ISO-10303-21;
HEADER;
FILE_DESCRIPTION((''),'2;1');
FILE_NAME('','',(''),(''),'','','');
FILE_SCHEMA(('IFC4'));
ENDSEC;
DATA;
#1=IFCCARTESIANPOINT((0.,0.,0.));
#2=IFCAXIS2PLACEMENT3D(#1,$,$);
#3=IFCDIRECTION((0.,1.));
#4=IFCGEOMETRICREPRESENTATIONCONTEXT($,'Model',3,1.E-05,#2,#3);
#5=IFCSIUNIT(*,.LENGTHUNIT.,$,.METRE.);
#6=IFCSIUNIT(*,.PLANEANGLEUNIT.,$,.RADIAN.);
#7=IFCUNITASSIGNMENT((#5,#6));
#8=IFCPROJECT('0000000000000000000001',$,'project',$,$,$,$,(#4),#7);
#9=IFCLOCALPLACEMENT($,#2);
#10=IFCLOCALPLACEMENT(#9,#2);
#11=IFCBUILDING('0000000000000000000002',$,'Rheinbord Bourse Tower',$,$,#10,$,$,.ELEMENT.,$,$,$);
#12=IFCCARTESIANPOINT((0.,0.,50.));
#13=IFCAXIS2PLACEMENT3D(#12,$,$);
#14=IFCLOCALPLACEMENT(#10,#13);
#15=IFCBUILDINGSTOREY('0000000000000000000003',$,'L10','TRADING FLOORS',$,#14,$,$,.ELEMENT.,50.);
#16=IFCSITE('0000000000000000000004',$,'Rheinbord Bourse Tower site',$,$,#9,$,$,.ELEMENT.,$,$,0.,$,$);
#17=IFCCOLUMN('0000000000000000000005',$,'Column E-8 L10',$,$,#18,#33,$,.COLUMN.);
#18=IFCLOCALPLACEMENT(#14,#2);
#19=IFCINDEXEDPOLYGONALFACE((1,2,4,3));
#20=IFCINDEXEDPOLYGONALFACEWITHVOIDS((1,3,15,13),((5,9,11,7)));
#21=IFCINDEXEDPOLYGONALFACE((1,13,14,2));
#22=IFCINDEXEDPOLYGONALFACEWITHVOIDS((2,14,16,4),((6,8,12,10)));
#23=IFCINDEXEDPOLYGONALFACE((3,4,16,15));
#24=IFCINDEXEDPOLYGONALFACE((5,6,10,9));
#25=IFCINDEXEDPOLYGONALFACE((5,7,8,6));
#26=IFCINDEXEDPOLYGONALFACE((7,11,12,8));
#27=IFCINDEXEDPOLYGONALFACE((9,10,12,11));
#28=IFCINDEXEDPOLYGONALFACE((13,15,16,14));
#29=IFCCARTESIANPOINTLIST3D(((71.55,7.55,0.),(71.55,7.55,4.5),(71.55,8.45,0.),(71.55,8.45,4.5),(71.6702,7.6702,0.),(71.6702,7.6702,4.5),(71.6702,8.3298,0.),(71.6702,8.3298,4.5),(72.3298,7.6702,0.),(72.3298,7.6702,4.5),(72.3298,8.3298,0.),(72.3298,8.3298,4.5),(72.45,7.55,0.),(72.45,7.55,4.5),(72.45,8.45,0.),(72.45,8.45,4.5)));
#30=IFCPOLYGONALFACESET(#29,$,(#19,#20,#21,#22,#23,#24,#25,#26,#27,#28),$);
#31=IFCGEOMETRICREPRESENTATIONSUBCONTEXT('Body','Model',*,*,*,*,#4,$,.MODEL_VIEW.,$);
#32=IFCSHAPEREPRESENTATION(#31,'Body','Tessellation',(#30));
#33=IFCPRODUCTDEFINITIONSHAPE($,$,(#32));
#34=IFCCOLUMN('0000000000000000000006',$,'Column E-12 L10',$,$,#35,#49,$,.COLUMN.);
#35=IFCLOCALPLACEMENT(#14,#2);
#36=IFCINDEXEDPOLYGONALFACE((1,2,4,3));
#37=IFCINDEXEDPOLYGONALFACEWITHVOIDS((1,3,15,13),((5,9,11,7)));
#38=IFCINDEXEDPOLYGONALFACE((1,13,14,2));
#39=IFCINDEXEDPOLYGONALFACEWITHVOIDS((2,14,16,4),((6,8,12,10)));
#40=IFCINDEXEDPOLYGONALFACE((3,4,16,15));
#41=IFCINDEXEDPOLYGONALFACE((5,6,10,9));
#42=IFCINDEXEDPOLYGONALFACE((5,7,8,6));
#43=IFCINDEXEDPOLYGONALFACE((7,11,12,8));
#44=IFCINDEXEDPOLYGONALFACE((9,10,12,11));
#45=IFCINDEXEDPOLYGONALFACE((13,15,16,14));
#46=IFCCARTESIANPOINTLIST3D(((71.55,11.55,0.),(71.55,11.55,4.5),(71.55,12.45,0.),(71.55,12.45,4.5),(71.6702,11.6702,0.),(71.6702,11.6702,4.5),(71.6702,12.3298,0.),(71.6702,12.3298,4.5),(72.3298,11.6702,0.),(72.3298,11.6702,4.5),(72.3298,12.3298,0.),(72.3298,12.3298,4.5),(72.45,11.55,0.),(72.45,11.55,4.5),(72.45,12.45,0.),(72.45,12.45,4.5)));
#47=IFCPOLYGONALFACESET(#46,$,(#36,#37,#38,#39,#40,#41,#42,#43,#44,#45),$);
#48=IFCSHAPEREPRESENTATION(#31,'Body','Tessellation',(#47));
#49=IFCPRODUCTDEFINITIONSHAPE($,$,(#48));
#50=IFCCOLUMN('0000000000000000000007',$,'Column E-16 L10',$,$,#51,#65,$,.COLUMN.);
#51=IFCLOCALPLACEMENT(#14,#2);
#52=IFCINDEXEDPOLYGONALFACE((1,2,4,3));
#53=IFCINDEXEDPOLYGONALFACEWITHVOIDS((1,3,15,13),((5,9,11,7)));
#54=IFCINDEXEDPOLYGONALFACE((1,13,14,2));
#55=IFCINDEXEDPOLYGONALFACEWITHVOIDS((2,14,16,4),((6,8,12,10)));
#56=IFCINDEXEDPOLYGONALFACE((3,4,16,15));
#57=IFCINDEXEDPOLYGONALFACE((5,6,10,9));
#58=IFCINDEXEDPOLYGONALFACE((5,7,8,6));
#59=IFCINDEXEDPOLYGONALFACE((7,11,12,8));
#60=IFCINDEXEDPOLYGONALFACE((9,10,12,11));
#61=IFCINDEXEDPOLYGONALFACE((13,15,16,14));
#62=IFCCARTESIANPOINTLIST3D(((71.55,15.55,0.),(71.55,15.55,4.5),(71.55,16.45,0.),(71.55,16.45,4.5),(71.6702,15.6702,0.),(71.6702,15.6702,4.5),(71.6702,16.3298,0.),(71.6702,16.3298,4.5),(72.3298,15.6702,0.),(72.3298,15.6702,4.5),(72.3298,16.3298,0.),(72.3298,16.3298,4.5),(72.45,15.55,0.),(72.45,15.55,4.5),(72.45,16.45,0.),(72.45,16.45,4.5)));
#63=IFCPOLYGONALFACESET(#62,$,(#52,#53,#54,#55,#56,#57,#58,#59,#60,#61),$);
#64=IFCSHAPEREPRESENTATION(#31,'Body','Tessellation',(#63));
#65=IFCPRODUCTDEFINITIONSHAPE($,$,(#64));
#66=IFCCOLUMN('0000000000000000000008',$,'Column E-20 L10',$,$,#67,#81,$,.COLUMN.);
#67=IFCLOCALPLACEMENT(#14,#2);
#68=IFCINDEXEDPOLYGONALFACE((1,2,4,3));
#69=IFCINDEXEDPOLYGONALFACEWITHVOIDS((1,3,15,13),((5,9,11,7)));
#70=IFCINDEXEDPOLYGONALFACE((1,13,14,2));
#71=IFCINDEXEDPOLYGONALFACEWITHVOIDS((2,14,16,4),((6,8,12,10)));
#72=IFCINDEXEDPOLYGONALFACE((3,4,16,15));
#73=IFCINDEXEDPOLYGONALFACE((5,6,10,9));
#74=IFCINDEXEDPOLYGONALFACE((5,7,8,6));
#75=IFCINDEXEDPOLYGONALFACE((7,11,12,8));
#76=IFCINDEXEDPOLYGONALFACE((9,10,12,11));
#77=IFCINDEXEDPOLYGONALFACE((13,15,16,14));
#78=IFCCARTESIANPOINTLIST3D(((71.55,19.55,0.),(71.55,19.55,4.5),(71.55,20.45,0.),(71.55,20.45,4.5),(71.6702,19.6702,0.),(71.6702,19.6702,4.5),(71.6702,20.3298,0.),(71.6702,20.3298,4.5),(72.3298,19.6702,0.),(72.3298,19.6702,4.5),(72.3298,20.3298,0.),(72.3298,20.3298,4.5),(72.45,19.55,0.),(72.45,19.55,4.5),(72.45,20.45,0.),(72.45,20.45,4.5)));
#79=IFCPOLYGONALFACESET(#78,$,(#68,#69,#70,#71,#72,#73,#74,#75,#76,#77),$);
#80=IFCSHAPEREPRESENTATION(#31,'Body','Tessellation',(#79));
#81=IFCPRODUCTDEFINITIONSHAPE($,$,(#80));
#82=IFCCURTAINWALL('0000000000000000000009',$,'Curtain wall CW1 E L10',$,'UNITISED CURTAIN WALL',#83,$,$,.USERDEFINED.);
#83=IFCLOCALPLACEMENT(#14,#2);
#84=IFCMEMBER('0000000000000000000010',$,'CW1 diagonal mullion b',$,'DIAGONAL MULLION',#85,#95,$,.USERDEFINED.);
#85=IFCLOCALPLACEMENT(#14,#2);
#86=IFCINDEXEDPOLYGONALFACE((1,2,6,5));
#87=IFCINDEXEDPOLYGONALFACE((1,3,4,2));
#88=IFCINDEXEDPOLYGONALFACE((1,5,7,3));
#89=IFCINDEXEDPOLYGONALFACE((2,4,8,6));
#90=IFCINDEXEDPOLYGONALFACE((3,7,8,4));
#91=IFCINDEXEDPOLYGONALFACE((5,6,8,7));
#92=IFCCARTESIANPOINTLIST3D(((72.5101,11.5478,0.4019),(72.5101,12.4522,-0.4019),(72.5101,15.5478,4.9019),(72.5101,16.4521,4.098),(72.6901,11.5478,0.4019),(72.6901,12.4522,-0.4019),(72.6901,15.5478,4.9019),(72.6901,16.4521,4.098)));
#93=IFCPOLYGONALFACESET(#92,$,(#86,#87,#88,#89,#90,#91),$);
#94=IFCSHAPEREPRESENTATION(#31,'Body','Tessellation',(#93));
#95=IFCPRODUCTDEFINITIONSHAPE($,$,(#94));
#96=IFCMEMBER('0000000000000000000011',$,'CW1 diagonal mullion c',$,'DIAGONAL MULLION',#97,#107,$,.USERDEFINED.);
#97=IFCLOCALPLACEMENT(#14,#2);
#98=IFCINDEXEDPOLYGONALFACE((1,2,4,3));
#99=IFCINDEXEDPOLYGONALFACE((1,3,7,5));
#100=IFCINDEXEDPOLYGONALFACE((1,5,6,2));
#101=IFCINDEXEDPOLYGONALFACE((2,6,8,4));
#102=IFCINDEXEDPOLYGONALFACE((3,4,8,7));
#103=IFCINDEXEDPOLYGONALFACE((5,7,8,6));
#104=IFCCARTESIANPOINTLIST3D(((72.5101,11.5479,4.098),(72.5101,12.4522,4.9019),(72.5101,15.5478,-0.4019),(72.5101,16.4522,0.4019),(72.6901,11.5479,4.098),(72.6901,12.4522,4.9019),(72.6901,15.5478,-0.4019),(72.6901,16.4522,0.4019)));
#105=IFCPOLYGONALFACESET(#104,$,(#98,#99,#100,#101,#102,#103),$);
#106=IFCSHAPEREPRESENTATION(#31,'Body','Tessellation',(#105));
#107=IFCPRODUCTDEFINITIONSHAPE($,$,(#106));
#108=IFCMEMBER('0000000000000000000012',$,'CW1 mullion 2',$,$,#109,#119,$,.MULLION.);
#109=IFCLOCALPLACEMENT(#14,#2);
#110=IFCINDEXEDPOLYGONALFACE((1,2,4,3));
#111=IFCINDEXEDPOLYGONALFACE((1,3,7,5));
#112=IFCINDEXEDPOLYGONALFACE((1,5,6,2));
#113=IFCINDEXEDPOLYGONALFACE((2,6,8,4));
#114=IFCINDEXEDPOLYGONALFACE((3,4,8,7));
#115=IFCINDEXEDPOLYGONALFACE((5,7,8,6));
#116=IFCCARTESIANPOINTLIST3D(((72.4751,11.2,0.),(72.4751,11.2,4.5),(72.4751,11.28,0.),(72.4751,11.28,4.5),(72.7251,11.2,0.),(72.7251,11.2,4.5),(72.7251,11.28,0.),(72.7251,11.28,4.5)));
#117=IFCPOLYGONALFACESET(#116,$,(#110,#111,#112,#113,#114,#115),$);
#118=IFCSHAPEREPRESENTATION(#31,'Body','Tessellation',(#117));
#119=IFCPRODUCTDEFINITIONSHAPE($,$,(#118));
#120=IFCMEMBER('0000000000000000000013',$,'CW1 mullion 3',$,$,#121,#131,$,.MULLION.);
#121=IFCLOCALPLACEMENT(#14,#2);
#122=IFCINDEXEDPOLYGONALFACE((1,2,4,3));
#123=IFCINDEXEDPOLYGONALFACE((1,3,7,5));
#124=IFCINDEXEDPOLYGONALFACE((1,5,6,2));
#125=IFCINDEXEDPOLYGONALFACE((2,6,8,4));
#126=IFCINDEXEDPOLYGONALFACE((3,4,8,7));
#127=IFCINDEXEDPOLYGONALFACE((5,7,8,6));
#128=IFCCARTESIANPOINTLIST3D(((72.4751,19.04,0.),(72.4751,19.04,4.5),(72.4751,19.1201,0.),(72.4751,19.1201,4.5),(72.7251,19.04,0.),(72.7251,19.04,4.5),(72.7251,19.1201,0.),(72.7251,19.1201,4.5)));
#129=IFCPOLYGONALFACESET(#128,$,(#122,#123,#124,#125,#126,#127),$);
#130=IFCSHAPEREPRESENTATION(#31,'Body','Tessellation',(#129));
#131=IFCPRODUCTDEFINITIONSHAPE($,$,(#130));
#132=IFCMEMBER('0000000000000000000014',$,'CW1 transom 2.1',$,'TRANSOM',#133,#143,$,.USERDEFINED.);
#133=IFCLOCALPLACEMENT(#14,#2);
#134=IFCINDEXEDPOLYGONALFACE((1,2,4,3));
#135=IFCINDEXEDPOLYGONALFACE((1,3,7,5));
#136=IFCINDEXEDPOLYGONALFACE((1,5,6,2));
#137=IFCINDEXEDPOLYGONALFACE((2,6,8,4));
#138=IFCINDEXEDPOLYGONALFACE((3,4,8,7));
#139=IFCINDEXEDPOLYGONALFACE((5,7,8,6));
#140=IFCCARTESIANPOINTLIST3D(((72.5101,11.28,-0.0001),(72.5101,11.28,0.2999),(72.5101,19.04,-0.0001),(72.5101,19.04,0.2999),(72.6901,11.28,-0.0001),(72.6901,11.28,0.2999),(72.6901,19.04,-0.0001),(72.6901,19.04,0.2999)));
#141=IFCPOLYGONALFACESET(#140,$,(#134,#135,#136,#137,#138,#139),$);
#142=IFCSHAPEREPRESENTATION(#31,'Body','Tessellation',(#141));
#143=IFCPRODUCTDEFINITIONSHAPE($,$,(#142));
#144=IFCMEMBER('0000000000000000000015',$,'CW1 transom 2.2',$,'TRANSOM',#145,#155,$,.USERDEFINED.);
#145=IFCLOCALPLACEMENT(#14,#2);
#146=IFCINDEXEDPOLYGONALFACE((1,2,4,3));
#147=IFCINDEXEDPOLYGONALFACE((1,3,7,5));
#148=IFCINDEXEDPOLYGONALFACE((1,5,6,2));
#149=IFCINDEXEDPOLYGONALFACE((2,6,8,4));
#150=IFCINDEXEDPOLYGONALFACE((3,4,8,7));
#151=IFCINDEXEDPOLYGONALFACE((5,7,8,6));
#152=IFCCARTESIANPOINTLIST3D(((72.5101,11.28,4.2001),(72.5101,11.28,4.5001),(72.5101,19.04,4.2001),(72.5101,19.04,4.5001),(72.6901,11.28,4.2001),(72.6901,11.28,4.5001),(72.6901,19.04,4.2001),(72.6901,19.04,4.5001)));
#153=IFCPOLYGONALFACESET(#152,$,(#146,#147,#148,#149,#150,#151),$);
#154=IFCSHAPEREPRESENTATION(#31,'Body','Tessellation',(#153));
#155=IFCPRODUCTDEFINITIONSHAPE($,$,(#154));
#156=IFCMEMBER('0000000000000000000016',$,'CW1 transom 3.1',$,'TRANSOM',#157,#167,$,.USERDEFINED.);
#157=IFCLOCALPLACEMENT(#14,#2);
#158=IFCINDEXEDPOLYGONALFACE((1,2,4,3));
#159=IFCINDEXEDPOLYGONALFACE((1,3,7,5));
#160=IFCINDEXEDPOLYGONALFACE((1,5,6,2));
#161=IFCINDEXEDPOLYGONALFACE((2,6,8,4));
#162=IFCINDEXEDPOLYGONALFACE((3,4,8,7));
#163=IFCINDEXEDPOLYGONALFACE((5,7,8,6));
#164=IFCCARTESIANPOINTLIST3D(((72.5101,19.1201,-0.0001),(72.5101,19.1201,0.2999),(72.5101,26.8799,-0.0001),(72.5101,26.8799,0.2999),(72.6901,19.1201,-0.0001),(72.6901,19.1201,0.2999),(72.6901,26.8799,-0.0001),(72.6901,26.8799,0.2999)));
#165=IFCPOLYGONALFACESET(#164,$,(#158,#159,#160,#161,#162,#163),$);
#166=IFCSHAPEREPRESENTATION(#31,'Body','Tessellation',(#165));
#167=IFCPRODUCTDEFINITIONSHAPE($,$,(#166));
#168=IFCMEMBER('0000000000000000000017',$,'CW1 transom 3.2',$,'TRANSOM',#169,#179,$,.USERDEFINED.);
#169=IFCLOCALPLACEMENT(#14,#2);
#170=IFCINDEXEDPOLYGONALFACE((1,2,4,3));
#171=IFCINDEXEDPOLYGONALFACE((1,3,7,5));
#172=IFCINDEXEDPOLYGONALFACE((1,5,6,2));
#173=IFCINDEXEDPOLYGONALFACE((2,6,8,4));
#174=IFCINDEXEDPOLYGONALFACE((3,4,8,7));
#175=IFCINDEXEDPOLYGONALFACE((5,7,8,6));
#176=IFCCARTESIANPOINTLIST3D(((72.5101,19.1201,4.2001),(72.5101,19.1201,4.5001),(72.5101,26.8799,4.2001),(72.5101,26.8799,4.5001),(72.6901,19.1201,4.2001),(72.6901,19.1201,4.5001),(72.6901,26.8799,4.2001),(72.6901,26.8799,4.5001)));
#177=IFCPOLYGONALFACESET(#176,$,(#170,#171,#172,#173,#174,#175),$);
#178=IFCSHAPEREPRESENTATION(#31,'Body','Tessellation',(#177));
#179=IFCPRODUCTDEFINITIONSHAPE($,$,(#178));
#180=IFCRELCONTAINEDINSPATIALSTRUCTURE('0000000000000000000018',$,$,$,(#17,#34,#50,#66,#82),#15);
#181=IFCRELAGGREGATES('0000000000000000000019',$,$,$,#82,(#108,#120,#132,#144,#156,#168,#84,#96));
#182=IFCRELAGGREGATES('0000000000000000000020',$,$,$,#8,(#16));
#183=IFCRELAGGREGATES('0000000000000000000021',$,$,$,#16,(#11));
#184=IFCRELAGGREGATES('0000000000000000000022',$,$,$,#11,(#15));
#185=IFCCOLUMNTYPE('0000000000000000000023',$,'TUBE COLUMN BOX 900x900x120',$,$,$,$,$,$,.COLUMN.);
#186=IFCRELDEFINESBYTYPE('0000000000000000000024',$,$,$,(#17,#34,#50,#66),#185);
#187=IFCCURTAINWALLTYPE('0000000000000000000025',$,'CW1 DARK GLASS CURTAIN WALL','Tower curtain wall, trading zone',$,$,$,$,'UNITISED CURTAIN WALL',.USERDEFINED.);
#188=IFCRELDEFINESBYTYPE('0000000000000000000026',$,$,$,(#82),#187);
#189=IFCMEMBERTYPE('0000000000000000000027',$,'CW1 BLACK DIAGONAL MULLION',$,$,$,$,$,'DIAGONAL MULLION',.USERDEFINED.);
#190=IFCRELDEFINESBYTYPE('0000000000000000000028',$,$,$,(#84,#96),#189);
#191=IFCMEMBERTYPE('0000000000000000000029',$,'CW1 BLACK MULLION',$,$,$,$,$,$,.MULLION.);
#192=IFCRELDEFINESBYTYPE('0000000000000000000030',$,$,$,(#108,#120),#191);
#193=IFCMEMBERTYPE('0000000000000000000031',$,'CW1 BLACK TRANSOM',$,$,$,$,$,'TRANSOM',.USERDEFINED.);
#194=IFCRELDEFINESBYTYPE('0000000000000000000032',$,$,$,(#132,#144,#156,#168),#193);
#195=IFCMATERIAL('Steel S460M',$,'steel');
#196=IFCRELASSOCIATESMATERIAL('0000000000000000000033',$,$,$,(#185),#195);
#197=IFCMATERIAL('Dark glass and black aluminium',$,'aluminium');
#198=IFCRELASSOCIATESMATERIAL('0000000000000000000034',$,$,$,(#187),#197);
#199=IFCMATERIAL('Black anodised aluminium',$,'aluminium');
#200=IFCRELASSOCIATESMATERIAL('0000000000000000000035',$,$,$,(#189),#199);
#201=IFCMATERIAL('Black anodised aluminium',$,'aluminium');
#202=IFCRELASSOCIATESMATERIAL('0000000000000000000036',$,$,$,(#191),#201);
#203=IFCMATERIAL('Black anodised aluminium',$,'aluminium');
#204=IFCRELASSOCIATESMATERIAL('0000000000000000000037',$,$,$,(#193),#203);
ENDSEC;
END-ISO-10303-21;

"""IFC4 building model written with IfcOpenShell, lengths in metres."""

from ifc_helpers import new_model, si_unit, direction, frame, origin, origin_2d, place, context, subcontext, project, spatial, rectangle, hollow_rectangle, extrude, material, material_profile, profile_set, type_object, element, aggregate, save


model = new_model("IFC4")

# Units and contexts
model_context = context("Model", 3, precision=1e-05, world=origin(), true_north=direction((0.0, 1.0)))
body_context = subcontext(model_context, "Body", "Model", "MODEL_VIEW")
ifc_project = project(units=[si_unit("LENGTHUNIT", "METRE"), si_unit("PLANEANGLEUNIT", "RADIAN")], contexts=[model_context])

# Site, building, storey
site_placement = place(None, origin())
site = spatial("IfcSite", under=ifc_project, at=site_placement, Name="Rheinbord Bourse Tower site", CompositionType="ELEMENT", RefElevation=0.0)
building_placement = place(site_placement, origin())
building = spatial("IfcBuilding", under=site, at=building_placement, Name="Rheinbord Bourse Tower", CompositionType="ELEMENT")
storey_placement = place(building_placement, frame((0.0, 0.0, 50.0)))
storey = spatial("IfcBuildingStorey", under=building, at=storey_placement, Name="L10", Description="TRADING FLOORS", CompositionType="ELEMENT", Elevation=50.0)

# Columns
ifc_material_1 = material(Name="Steel S460M", Category="steel")
ifc_material_profile_1 = material_profile(ifc_material_1, hollow_rectangle(XDim=0.8999, YDim=0.8999, WallThickness=0.1201, at=origin_2d()), Name="BOX 900x900x120")
ifc_profile_set_1 = profile_set([ifc_material_profile_1], Name="Steel S460M")
column_type = type_object("IfcColumnType", Name="TUBE COLUMN BOX 900x900x120", PredefinedType="COLUMN", material=ifc_profile_set_1)
for number, where, z_axis, x_axis, name in (
    (1, (72.0, 8.0, 0.0), (0.0, 0.0, 1.0), (1.0, 0.0, 0.0), "Column E-8 L10"),
    (2, (72.0, 12.0, 0.0), (0.0, 0.0, 1.0), (1.0, 0.0, 0.0), "Column E-12 L10"),
    (3, (72.0, 16.0, 0.0), (0.0, 0.0, 1.0), (1.0, 0.0, 0.0), "Column E-16 L10"),
    (4, (72.0, 20.0, 0.0), (0.0, 0.0, 1.0), (1.0, 0.0, 0.0), "Column E-20 L10"),
):
    element("IfcColumn", number, at=place(storey_placement, frame(where, z_axis=z_axis, x_axis=x_axis)), inside=storey, type_object=column_type, Name=name, PredefinedType="COLUMN", context=body_context, shape_type="SweptSolid", body=[
        extrude(hollow_rectangle(XDim=0.8999, YDim=0.8999, WallThickness=0.1201, at=origin_2d()), origin(), (0.0, 0.0, 1.0), 4.5),
    ])

# Curtain wall, members
ifc_material_2 = material(Name="Dark glass and black aluminium", Category="aluminium")
curtain_wall_type = type_object("IfcCurtainWallType", Name="CW1 DARK GLASS CURTAIN WALL", Description="Tower curtain wall, trading zone", ElementType="UNITISED CURTAIN WALL", PredefinedType="USERDEFINED", material=ifc_material_2)
curtain_wall_placement = place(storey_placement, origin())
curtain_wall = element("IfcCurtainWall", 5, at=curtain_wall_placement, inside=storey, type_object=curtain_wall_type, Name="Curtain wall CW1 E L10", ObjectType="UNITISED CURTAIN WALL", PredefinedType="USERDEFINED")
ifc_material_3 = material(Name="Black anodised aluminium", Category="aluminium")
ifc_material_profile_2 = material_profile(ifc_material_3, rectangle(XDim=0.1799, YDim=1.21, at=origin_2d()), Name="CW1 DIAGONAL MULLION 1210x180")
ifc_profile_set_2 = profile_set([ifc_material_profile_2], Name="Black anodised aluminium")
member_type_1 = type_object("IfcMemberType", Name="CW1 BLACK DIAGONAL MULLION", ElementType="DIAGONAL MULLION", PredefinedType="USERDEFINED", material=ifc_profile_set_2)
member_1_placement = place(storey_placement, frame((72.6001, 12.0, 0.0), z_axis=(0.0, 0.664364, 0.747409), x_axis=(-1.0, 0.0, 0.0)))
member_1 = element("IfcMember", 6, at=member_1_placement, type_object=member_type_1, Name="CW1 diagonal mullion b", ObjectType="DIAGONAL MULLION", PredefinedType="USERDEFINED", context=body_context, shape_type="SweptSolid", body=[
    extrude(rectangle(XDim=0.1799, YDim=1.21, at=origin_2d()), origin(), (0.0, 0.0, 1.0), 6.0208),
])
member_2_placement = place(storey_placement, frame((72.6001, 16.0, 0.0), z_axis=(0.0, -0.664364, 0.747409), x_axis=(1.0, 0.0, 0.0)))
member_2 = element("IfcMember", 7, at=member_2_placement, type_object=member_type_1, Name="CW1 diagonal mullion c", ObjectType="DIAGONAL MULLION", PredefinedType="USERDEFINED", context=body_context, shape_type="SweptSolid", body=[
    extrude(rectangle(XDim=0.1799, YDim=1.21, at=origin_2d()), origin(), (0.0, 0.0, 1.0), 6.0208),
])
ifc_material_4 = material(Name="Black anodised aluminium", Category="aluminium")
ifc_material_profile_3 = material_profile(ifc_material_4, rectangle(XDim=0.25, YDim=0.0801, at=origin_2d()), Name="CW1 MULLION 80x250")
ifc_profile_set_3 = profile_set([ifc_material_profile_3], Name="Black anodised aluminium")
member_type_2 = type_object("IfcMemberType", Name="CW1 BLACK MULLION", PredefinedType="MULLION", material=ifc_profile_set_3)
member_3_placement = place(storey_placement, frame((72.6001, 11.24, 0.0), z_axis=(0.0, 0.0, 1.0), x_axis=(-1.0, 0.0, 0.0)))
member_3 = element("IfcMember", 8, at=member_3_placement, type_object=member_type_2, Name="CW1 mullion 2", PredefinedType="MULLION", context=body_context, shape_type="SweptSolid", body=[
    extrude(rectangle(XDim=0.25, YDim=0.0801, at=origin_2d()), origin(), (0.0, 0.0, 1.0), 4.5),
])
member_4_placement = place(storey_placement, frame((72.6001, 19.0801, 0.0), z_axis=(0.0, 0.0, 1.0), x_axis=(-1.0, 0.0, 0.0)))
member_4 = element("IfcMember", 9, at=member_4_placement, type_object=member_type_2, Name="CW1 mullion 3", PredefinedType="MULLION", context=body_context, shape_type="SweptSolid", body=[
    extrude(rectangle(XDim=0.25, YDim=0.0801, at=origin_2d()), origin(), (0.0, 0.0, 1.0), 4.5),
])
ifc_material_5 = material(Name="Black anodised aluminium", Category="aluminium")
ifc_material_profile_4 = material_profile(ifc_material_5, rectangle(XDim=0.1799, YDim=0.3, at=origin_2d()), Name="CW1 TRANSOM 300x180")
ifc_profile_set_4 = profile_set([ifc_material_profile_4], Name="Black anodised aluminium")
member_type_3 = type_object("IfcMemberType", Name="CW1 BLACK TRANSOM", ElementType="TRANSOM", PredefinedType="USERDEFINED", material=ifc_profile_set_4)
member_5_placement = place(storey_placement, frame((72.6001, 11.28, 0.1499), z_axis=(0.0, 1.0, 0.0), x_axis=(-1.0, 0.0, 0.0)))
member_5 = element("IfcMember", 10, at=member_5_placement, type_object=member_type_3, Name="CW1 transom 2.1", ObjectType="TRANSOM", PredefinedType="USERDEFINED", context=body_context, shape_type="SweptSolid", body=[
    extrude(rectangle(XDim=0.1799, YDim=0.3, at=origin_2d()), origin(), (0.0, 0.0, 1.0), 7.76),
])
member_6_placement = place(storey_placement, frame((72.6001, 11.28, 4.3501), z_axis=(0.0, 1.0, 0.0), x_axis=(-1.0, 0.0, 0.0)))
member_6 = element("IfcMember", 11, at=member_6_placement, type_object=member_type_3, Name="CW1 transom 2.2", ObjectType="TRANSOM", PredefinedType="USERDEFINED", context=body_context, shape_type="SweptSolid", body=[
    extrude(rectangle(XDim=0.1799, YDim=0.3, at=origin_2d()), origin(), (0.0, 0.0, 1.0), 7.76),
])
member_7_placement = place(storey_placement, frame((72.6001, 19.1201, 0.1499), z_axis=(0.0, 1.0, 0.0), x_axis=(-1.0, 0.0, 0.0)))
member_7 = element("IfcMember", 12, at=member_7_placement, type_object=member_type_3, Name="CW1 transom 3.1", ObjectType="TRANSOM", PredefinedType="USERDEFINED", context=body_context, shape_type="SweptSolid", body=[
    extrude(rectangle(XDim=0.1799, YDim=0.3, at=origin_2d()), origin(), (0.0, 0.0, 1.0), 7.7598),
])
member_8_placement = place(storey_placement, frame((72.6001, 19.1201, 4.3501), z_axis=(0.0, 1.0, 0.0), x_axis=(-1.0, 0.0, 0.0)))
member_8 = element("IfcMember", 13, at=member_8_placement, type_object=member_type_3, Name="CW1 transom 3.2", ObjectType="TRANSOM", PredefinedType="USERDEFINED", context=body_context, shape_type="SweptSolid", body=[
    extrude(rectangle(XDim=0.1799, YDim=0.3, at=origin_2d()), origin(), (0.0, 0.0, 1.0), 7.7598),
])

aggregate(curtain_wall, [member_3, member_4, member_5, member_6, member_7, member_8, member_1, member_2])

save(model, "model.ifc")
